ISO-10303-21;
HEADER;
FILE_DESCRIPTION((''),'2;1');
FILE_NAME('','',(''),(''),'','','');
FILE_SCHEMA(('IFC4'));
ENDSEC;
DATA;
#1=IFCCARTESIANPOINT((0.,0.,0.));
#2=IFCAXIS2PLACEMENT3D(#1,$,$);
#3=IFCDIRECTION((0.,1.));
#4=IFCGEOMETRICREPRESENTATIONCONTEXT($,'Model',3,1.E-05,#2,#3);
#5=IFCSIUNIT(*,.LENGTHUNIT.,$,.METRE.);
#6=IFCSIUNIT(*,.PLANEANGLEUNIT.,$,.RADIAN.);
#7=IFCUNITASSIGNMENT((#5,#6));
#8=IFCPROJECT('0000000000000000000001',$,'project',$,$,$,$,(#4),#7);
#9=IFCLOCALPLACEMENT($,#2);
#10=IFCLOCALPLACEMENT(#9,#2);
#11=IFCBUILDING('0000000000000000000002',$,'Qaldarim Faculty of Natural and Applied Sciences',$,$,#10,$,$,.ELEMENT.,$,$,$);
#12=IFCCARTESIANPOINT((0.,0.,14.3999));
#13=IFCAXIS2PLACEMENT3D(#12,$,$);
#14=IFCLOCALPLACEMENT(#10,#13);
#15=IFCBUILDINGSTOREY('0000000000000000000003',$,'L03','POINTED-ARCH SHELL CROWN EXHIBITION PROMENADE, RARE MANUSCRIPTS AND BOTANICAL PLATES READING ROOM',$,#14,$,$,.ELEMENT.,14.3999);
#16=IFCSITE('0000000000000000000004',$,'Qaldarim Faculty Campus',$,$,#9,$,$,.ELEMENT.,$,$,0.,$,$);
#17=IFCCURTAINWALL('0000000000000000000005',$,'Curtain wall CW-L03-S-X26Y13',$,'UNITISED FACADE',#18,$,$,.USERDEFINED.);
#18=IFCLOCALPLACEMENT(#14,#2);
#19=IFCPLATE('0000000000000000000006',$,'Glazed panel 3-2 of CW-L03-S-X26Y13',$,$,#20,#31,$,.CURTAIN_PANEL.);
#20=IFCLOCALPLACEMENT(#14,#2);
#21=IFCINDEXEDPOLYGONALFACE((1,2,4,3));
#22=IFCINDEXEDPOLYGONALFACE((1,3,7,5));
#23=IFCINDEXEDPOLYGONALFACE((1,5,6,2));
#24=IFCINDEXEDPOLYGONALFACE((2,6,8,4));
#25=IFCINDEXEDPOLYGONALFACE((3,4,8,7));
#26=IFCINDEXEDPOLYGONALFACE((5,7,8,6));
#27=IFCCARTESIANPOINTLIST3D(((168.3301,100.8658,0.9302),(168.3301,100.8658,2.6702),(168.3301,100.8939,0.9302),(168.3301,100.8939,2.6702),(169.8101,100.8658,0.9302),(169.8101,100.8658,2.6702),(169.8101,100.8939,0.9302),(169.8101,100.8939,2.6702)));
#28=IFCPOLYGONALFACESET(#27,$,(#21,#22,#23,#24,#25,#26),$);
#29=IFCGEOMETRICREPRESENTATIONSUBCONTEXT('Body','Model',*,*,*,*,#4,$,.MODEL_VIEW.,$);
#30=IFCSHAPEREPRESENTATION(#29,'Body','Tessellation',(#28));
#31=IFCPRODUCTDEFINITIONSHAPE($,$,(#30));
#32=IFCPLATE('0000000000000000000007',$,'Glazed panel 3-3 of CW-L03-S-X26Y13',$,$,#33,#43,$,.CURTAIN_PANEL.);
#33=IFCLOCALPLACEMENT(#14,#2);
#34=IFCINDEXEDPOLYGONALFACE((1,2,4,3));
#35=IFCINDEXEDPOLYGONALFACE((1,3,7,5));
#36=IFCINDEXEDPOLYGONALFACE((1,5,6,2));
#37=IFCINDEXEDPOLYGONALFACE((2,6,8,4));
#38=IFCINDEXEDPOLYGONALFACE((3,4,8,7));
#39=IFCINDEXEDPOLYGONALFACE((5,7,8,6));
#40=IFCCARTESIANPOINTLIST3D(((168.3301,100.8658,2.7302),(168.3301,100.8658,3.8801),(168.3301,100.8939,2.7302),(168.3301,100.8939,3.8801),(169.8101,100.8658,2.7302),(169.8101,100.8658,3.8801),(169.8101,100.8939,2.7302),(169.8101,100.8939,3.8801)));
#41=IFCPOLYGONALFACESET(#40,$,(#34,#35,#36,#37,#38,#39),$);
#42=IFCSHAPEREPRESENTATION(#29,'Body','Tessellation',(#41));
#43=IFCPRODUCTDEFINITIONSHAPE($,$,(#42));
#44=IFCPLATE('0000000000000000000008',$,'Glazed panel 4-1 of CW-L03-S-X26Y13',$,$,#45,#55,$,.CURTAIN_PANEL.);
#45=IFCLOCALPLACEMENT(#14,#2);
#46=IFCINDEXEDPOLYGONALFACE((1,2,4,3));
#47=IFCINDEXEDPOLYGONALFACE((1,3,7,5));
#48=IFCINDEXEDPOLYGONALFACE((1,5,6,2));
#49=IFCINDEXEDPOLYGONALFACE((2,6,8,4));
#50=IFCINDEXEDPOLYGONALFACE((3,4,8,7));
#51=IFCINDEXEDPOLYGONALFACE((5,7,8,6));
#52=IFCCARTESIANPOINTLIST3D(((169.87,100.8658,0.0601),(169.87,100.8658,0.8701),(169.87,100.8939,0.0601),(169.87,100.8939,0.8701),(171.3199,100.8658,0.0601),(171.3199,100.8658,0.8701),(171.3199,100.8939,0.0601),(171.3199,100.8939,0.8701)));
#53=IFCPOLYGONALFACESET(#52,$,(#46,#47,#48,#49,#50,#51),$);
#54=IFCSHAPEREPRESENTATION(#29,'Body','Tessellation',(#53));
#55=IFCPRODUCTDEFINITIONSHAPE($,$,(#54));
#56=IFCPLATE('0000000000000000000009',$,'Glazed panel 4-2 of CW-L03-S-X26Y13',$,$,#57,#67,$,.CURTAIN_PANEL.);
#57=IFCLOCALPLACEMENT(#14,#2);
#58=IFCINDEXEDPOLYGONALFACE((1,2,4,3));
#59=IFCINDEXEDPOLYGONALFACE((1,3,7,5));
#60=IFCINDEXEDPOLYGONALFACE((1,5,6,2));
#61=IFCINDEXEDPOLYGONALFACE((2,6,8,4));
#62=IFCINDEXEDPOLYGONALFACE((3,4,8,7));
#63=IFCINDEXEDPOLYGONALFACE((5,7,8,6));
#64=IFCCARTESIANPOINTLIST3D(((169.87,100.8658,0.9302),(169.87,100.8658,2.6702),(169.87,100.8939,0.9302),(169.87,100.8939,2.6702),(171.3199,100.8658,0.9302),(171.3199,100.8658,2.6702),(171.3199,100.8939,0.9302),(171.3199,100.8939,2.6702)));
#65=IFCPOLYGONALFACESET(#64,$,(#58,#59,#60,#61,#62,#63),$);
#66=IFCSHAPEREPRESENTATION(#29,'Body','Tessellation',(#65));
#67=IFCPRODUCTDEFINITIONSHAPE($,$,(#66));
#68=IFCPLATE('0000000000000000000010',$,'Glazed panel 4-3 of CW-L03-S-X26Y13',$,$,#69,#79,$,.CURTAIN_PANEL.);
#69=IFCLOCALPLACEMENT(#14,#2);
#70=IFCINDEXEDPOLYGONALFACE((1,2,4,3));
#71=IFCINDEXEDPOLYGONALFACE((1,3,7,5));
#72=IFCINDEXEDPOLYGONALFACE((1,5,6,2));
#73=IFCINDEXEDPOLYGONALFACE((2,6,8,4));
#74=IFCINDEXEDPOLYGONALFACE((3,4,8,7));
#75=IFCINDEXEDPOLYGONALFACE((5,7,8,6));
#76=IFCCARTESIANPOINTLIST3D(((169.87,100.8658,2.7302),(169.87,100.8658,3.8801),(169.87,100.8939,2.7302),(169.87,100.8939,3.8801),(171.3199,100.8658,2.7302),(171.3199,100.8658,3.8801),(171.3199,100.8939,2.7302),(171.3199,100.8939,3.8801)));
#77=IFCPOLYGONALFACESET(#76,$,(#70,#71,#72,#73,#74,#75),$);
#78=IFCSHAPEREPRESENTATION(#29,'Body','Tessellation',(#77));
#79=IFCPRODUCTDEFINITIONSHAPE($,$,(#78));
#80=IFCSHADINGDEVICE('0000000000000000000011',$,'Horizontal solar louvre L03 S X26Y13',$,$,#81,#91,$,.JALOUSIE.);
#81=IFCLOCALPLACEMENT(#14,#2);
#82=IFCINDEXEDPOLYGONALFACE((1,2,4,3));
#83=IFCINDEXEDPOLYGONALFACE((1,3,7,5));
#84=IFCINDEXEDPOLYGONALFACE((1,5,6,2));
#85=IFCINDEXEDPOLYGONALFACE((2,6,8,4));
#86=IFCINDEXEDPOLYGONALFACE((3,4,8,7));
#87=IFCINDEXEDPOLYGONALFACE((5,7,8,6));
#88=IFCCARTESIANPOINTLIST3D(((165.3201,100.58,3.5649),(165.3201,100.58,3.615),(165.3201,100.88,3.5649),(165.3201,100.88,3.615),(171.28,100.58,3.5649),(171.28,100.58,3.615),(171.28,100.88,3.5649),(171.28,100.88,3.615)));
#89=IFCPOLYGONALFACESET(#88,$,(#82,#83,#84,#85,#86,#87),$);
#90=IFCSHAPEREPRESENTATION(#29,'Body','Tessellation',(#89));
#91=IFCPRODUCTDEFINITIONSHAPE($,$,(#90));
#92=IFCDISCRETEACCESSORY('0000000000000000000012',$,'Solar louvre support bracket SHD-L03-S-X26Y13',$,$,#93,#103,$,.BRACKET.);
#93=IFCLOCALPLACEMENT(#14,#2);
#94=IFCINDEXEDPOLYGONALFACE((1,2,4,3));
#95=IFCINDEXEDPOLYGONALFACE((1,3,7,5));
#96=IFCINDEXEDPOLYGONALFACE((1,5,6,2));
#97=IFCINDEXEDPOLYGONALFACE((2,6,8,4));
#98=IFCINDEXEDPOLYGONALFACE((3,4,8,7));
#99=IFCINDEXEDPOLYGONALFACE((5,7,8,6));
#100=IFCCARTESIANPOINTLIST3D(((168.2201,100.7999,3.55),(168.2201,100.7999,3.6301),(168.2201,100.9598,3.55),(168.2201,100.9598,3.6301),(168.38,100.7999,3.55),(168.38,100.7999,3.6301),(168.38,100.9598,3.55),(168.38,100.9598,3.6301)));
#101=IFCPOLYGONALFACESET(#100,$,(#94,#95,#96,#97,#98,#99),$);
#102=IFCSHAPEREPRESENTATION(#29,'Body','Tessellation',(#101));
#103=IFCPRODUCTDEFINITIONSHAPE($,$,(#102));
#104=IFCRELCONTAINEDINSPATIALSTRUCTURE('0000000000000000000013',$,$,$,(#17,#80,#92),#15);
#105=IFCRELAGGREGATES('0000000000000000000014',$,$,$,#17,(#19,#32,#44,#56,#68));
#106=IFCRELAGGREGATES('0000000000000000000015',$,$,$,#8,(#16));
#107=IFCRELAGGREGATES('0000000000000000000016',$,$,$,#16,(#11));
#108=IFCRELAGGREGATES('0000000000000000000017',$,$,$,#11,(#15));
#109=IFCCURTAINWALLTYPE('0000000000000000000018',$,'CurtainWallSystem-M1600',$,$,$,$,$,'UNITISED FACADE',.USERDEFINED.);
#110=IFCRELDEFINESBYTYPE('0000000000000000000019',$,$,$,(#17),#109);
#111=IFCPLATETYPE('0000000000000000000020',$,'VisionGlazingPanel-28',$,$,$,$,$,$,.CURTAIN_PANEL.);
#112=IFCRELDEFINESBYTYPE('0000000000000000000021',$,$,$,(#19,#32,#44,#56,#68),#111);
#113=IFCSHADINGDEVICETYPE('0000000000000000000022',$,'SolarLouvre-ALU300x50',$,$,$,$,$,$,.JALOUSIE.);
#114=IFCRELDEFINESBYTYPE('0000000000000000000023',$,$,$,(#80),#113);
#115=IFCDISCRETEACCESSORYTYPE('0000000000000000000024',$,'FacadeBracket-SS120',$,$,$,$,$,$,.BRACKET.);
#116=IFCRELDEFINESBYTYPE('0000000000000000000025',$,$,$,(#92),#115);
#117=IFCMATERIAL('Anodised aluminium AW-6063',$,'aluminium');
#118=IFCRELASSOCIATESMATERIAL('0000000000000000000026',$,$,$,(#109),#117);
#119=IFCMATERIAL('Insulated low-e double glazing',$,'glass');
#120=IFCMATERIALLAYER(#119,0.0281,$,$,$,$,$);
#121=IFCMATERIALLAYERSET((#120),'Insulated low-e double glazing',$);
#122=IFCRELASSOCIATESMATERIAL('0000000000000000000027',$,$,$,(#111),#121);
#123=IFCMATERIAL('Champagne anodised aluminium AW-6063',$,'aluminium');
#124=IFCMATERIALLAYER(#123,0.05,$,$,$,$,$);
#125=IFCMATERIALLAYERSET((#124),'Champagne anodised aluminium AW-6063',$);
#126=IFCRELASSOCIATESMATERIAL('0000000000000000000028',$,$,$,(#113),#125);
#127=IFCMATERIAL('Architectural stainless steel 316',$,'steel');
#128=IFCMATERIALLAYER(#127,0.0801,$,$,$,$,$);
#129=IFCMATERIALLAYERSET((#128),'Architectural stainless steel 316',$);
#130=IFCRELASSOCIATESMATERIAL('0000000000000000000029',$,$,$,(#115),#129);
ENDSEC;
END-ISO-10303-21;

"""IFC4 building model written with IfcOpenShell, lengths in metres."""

from ifc_helpers import new_model, si_unit, direction, frame, origin, origin_2d, place, context, subcontext, project, spatial, rectangle, extrude, material, layer, layer_set, type_object, element, aggregate, save


model = new_model("IFC4")

# Units and contexts
model_context = context("Model", 3, precision=1e-05, world=origin(), true_north=direction((0.0, 1.0)))
body_context = subcontext(model_context, "Body", "Model", "MODEL_VIEW")
ifc_project = project(units=[si_unit("LENGTHUNIT", "METRE"), si_unit("PLANEANGLEUNIT", "RADIAN")], contexts=[model_context])

# Site, building, storey
site_placement = place(None, origin())
site = spatial("IfcSite", under=ifc_project, at=site_placement, Name="Qaldarim Faculty Campus", CompositionType="ELEMENT", RefElevation=0.0)
building_placement = place(site_placement, origin())
building = spatial("IfcBuilding", under=site, at=building_placement, Name="Qaldarim Faculty of Natural and Applied Sciences", CompositionType="ELEMENT")
storey_placement = place(building_placement, frame((0.0, 0.0, 14.3999)))
storey = spatial("IfcBuildingStorey", under=building, at=storey_placement, Name="L03", Description="POINTED-ARCH SHELL CROWN EXHIBITION PROMENADE, RARE MANUSCRIPTS AND BOTANICAL PLATES READING ROOM", CompositionType="ELEMENT", Elevation=14.3999)

# Curtain wall, plates
ifc_material_1 = material(Name="Anodised aluminium AW-6063", Category="aluminium")
curtain_wall_type = type_object("IfcCurtainWallType", Name="CurtainWallSystem-M1600", ElementType="UNITISED FACADE", PredefinedType="USERDEFINED", material=ifc_material_1)
curtain_wall_placement = place(storey_placement, origin())
curtain_wall = element("IfcCurtainWall", 1, at=curtain_wall_placement, inside=storey, type_object=curtain_wall_type, Name="Curtain wall CW-L03-S-X26Y13", ObjectType="UNITISED FACADE", PredefinedType="USERDEFINED")
ifc_material_2 = material(Name="Insulated low-e double glazing", Category="glass")
ifc_layer_1 = layer(ifc_material_2, 0.0281)
ifc_layer_set_1 = layer_set([ifc_layer_1], Name="Insulated low-e double glazing")
plate_type = type_object("IfcPlateType", Name="VisionGlazingPanel-28", PredefinedType="CURTAIN_PANEL", material=ifc_layer_set_1)
plate_1_placement = place(storey_placement, frame((169.0701, 100.8799, 0.9302), z_axis=(0.0, 0.0, 1.0), x_axis=(1.0, 0.0, 0.0)))
plate_1 = element("IfcPlate", 2, at=plate_1_placement, type_object=plate_type, Name="Glazed panel 3-2 of CW-L03-S-X26Y13", PredefinedType="CURTAIN_PANEL", context=body_context, shape_type="SweptSolid", body=[
    extrude(rectangle(XDim=1.48, YDim=0.0281, at=origin_2d()), origin(), (0.0, 0.0, 1.0), 1.74),
])
plate_2_placement = place(storey_placement, frame((169.0701, 100.8799, 2.7302), z_axis=(0.0, 0.0, 1.0), x_axis=(1.0, 0.0, 0.0)))
plate_2 = element("IfcPlate", 3, at=plate_2_placement, type_object=plate_type, Name="Glazed panel 3-3 of CW-L03-S-X26Y13", PredefinedType="CURTAIN_PANEL", context=body_context, shape_type="SweptSolid", body=[
    extrude(rectangle(XDim=1.48, YDim=0.0281, at=origin_2d()), origin(), (0.0, 0.0, 1.0), 1.1499),
])
plate_3_placement = place(storey_placement, frame((170.595, 100.8799, 0.0601), z_axis=(0.0, 0.0, 1.0), x_axis=(1.0, 0.0, 0.0)))
plate_3 = element("IfcPlate", 4, at=plate_3_placement, type_object=plate_type, Name="Glazed panel 4-1 of CW-L03-S-X26Y13", PredefinedType="CURTAIN_PANEL", context=body_context, shape_type="SweptSolid", body=[
    extrude(rectangle(XDim=1.45, YDim=0.0281, at=origin_2d()), origin(), (0.0, 0.0, 1.0), 0.8101),
])
plate_4_placement = place(storey_placement, frame((170.595, 100.8799, 0.9302), z_axis=(0.0, 0.0, 1.0), x_axis=(1.0, 0.0, 0.0)))
plate_4 = element("IfcPlate", 5, at=plate_4_placement, type_object=plate_type, Name="Glazed panel 4-2 of CW-L03-S-X26Y13", PredefinedType="CURTAIN_PANEL", context=body_context, shape_type="SweptSolid", body=[
    extrude(rectangle(XDim=1.45, YDim=0.0281, at=origin_2d()), origin(), (0.0, 0.0, 1.0), 1.74),
])
plate_5_placement = place(storey_placement, frame((170.595, 100.8799, 2.7302), z_axis=(0.0, 0.0, 1.0), x_axis=(1.0, 0.0, 0.0)))
plate_5 = element("IfcPlate", 6, at=plate_5_placement, type_object=plate_type, Name="Glazed panel 4-3 of CW-L03-S-X26Y13", PredefinedType="CURTAIN_PANEL", context=body_context, shape_type="SweptSolid", body=[
    extrude(rectangle(XDim=1.45, YDim=0.0281, at=origin_2d()), origin(), (0.0, 0.0, 1.0), 1.1499),
])
aggregate(curtain_wall, [plate_1, plate_2, plate_3, plate_4, plate_5])

# Shading device
ifc_material_3 = material(Name="Champagne anodised aluminium AW-6063", Category="aluminium")
ifc_layer_2 = layer(ifc_material_3, 0.05)
ifc_layer_set_2 = layer_set([ifc_layer_2], Name="Champagne anodised aluminium AW-6063")
shading_device_type = type_object("IfcShadingDeviceType", Name="SolarLouvre-ALU300x50", PredefinedType="JALOUSIE", material=ifc_layer_set_2)
shading_device_placement = place(storey_placement, frame((168.3, 100.73, 3.5649), z_axis=(0.0, 0.0, 1.0), x_axis=(1.0, 0.0, 0.0)))
element("IfcShadingDevice", 7, at=shading_device_placement, inside=storey, type_object=shading_device_type, Name="Horizontal solar louvre L03 S X26Y13", PredefinedType="JALOUSIE", context=body_context, shape_type="SweptSolid", body=[
    extrude(rectangle(XDim=5.96, YDim=0.3, at=origin_2d()), origin(), (0.0, 0.0, 1.0), 0.05),
])

# Discrete accessory
ifc_material_4 = material(Name="Architectural stainless steel 316", Category="steel")
ifc_layer_3 = layer(ifc_material_4, 0.0801)
ifc_layer_set_3 = layer_set([ifc_layer_3], Name="Architectural stainless steel 316")
discrete_accessory_type = type_object("IfcDiscreteAccessoryType", Name="FacadeBracket-SS120", PredefinedType="BRACKET", material=ifc_layer_set_3)
discrete_accessory_placement = place(storey_placement, frame((168.3, 100.8799, 3.55), z_axis=(0.0, 0.0, 1.0), x_axis=(1.0, 0.0, 0.0)))
element("IfcDiscreteAccessory", 8, at=discrete_accessory_placement, inside=storey, type_object=discrete_accessory_type, Name="Solar louvre support bracket SHD-L03-S-X26Y13", PredefinedType="BRACKET", context=body_context, shape_type="SweptSolid", body=[
    extrude(rectangle(XDim=0.1599, YDim=0.1599, at=origin_2d()), origin(), (0.0, 0.0, 1.0), 0.0801),
])

save(model, "model.ifc")
